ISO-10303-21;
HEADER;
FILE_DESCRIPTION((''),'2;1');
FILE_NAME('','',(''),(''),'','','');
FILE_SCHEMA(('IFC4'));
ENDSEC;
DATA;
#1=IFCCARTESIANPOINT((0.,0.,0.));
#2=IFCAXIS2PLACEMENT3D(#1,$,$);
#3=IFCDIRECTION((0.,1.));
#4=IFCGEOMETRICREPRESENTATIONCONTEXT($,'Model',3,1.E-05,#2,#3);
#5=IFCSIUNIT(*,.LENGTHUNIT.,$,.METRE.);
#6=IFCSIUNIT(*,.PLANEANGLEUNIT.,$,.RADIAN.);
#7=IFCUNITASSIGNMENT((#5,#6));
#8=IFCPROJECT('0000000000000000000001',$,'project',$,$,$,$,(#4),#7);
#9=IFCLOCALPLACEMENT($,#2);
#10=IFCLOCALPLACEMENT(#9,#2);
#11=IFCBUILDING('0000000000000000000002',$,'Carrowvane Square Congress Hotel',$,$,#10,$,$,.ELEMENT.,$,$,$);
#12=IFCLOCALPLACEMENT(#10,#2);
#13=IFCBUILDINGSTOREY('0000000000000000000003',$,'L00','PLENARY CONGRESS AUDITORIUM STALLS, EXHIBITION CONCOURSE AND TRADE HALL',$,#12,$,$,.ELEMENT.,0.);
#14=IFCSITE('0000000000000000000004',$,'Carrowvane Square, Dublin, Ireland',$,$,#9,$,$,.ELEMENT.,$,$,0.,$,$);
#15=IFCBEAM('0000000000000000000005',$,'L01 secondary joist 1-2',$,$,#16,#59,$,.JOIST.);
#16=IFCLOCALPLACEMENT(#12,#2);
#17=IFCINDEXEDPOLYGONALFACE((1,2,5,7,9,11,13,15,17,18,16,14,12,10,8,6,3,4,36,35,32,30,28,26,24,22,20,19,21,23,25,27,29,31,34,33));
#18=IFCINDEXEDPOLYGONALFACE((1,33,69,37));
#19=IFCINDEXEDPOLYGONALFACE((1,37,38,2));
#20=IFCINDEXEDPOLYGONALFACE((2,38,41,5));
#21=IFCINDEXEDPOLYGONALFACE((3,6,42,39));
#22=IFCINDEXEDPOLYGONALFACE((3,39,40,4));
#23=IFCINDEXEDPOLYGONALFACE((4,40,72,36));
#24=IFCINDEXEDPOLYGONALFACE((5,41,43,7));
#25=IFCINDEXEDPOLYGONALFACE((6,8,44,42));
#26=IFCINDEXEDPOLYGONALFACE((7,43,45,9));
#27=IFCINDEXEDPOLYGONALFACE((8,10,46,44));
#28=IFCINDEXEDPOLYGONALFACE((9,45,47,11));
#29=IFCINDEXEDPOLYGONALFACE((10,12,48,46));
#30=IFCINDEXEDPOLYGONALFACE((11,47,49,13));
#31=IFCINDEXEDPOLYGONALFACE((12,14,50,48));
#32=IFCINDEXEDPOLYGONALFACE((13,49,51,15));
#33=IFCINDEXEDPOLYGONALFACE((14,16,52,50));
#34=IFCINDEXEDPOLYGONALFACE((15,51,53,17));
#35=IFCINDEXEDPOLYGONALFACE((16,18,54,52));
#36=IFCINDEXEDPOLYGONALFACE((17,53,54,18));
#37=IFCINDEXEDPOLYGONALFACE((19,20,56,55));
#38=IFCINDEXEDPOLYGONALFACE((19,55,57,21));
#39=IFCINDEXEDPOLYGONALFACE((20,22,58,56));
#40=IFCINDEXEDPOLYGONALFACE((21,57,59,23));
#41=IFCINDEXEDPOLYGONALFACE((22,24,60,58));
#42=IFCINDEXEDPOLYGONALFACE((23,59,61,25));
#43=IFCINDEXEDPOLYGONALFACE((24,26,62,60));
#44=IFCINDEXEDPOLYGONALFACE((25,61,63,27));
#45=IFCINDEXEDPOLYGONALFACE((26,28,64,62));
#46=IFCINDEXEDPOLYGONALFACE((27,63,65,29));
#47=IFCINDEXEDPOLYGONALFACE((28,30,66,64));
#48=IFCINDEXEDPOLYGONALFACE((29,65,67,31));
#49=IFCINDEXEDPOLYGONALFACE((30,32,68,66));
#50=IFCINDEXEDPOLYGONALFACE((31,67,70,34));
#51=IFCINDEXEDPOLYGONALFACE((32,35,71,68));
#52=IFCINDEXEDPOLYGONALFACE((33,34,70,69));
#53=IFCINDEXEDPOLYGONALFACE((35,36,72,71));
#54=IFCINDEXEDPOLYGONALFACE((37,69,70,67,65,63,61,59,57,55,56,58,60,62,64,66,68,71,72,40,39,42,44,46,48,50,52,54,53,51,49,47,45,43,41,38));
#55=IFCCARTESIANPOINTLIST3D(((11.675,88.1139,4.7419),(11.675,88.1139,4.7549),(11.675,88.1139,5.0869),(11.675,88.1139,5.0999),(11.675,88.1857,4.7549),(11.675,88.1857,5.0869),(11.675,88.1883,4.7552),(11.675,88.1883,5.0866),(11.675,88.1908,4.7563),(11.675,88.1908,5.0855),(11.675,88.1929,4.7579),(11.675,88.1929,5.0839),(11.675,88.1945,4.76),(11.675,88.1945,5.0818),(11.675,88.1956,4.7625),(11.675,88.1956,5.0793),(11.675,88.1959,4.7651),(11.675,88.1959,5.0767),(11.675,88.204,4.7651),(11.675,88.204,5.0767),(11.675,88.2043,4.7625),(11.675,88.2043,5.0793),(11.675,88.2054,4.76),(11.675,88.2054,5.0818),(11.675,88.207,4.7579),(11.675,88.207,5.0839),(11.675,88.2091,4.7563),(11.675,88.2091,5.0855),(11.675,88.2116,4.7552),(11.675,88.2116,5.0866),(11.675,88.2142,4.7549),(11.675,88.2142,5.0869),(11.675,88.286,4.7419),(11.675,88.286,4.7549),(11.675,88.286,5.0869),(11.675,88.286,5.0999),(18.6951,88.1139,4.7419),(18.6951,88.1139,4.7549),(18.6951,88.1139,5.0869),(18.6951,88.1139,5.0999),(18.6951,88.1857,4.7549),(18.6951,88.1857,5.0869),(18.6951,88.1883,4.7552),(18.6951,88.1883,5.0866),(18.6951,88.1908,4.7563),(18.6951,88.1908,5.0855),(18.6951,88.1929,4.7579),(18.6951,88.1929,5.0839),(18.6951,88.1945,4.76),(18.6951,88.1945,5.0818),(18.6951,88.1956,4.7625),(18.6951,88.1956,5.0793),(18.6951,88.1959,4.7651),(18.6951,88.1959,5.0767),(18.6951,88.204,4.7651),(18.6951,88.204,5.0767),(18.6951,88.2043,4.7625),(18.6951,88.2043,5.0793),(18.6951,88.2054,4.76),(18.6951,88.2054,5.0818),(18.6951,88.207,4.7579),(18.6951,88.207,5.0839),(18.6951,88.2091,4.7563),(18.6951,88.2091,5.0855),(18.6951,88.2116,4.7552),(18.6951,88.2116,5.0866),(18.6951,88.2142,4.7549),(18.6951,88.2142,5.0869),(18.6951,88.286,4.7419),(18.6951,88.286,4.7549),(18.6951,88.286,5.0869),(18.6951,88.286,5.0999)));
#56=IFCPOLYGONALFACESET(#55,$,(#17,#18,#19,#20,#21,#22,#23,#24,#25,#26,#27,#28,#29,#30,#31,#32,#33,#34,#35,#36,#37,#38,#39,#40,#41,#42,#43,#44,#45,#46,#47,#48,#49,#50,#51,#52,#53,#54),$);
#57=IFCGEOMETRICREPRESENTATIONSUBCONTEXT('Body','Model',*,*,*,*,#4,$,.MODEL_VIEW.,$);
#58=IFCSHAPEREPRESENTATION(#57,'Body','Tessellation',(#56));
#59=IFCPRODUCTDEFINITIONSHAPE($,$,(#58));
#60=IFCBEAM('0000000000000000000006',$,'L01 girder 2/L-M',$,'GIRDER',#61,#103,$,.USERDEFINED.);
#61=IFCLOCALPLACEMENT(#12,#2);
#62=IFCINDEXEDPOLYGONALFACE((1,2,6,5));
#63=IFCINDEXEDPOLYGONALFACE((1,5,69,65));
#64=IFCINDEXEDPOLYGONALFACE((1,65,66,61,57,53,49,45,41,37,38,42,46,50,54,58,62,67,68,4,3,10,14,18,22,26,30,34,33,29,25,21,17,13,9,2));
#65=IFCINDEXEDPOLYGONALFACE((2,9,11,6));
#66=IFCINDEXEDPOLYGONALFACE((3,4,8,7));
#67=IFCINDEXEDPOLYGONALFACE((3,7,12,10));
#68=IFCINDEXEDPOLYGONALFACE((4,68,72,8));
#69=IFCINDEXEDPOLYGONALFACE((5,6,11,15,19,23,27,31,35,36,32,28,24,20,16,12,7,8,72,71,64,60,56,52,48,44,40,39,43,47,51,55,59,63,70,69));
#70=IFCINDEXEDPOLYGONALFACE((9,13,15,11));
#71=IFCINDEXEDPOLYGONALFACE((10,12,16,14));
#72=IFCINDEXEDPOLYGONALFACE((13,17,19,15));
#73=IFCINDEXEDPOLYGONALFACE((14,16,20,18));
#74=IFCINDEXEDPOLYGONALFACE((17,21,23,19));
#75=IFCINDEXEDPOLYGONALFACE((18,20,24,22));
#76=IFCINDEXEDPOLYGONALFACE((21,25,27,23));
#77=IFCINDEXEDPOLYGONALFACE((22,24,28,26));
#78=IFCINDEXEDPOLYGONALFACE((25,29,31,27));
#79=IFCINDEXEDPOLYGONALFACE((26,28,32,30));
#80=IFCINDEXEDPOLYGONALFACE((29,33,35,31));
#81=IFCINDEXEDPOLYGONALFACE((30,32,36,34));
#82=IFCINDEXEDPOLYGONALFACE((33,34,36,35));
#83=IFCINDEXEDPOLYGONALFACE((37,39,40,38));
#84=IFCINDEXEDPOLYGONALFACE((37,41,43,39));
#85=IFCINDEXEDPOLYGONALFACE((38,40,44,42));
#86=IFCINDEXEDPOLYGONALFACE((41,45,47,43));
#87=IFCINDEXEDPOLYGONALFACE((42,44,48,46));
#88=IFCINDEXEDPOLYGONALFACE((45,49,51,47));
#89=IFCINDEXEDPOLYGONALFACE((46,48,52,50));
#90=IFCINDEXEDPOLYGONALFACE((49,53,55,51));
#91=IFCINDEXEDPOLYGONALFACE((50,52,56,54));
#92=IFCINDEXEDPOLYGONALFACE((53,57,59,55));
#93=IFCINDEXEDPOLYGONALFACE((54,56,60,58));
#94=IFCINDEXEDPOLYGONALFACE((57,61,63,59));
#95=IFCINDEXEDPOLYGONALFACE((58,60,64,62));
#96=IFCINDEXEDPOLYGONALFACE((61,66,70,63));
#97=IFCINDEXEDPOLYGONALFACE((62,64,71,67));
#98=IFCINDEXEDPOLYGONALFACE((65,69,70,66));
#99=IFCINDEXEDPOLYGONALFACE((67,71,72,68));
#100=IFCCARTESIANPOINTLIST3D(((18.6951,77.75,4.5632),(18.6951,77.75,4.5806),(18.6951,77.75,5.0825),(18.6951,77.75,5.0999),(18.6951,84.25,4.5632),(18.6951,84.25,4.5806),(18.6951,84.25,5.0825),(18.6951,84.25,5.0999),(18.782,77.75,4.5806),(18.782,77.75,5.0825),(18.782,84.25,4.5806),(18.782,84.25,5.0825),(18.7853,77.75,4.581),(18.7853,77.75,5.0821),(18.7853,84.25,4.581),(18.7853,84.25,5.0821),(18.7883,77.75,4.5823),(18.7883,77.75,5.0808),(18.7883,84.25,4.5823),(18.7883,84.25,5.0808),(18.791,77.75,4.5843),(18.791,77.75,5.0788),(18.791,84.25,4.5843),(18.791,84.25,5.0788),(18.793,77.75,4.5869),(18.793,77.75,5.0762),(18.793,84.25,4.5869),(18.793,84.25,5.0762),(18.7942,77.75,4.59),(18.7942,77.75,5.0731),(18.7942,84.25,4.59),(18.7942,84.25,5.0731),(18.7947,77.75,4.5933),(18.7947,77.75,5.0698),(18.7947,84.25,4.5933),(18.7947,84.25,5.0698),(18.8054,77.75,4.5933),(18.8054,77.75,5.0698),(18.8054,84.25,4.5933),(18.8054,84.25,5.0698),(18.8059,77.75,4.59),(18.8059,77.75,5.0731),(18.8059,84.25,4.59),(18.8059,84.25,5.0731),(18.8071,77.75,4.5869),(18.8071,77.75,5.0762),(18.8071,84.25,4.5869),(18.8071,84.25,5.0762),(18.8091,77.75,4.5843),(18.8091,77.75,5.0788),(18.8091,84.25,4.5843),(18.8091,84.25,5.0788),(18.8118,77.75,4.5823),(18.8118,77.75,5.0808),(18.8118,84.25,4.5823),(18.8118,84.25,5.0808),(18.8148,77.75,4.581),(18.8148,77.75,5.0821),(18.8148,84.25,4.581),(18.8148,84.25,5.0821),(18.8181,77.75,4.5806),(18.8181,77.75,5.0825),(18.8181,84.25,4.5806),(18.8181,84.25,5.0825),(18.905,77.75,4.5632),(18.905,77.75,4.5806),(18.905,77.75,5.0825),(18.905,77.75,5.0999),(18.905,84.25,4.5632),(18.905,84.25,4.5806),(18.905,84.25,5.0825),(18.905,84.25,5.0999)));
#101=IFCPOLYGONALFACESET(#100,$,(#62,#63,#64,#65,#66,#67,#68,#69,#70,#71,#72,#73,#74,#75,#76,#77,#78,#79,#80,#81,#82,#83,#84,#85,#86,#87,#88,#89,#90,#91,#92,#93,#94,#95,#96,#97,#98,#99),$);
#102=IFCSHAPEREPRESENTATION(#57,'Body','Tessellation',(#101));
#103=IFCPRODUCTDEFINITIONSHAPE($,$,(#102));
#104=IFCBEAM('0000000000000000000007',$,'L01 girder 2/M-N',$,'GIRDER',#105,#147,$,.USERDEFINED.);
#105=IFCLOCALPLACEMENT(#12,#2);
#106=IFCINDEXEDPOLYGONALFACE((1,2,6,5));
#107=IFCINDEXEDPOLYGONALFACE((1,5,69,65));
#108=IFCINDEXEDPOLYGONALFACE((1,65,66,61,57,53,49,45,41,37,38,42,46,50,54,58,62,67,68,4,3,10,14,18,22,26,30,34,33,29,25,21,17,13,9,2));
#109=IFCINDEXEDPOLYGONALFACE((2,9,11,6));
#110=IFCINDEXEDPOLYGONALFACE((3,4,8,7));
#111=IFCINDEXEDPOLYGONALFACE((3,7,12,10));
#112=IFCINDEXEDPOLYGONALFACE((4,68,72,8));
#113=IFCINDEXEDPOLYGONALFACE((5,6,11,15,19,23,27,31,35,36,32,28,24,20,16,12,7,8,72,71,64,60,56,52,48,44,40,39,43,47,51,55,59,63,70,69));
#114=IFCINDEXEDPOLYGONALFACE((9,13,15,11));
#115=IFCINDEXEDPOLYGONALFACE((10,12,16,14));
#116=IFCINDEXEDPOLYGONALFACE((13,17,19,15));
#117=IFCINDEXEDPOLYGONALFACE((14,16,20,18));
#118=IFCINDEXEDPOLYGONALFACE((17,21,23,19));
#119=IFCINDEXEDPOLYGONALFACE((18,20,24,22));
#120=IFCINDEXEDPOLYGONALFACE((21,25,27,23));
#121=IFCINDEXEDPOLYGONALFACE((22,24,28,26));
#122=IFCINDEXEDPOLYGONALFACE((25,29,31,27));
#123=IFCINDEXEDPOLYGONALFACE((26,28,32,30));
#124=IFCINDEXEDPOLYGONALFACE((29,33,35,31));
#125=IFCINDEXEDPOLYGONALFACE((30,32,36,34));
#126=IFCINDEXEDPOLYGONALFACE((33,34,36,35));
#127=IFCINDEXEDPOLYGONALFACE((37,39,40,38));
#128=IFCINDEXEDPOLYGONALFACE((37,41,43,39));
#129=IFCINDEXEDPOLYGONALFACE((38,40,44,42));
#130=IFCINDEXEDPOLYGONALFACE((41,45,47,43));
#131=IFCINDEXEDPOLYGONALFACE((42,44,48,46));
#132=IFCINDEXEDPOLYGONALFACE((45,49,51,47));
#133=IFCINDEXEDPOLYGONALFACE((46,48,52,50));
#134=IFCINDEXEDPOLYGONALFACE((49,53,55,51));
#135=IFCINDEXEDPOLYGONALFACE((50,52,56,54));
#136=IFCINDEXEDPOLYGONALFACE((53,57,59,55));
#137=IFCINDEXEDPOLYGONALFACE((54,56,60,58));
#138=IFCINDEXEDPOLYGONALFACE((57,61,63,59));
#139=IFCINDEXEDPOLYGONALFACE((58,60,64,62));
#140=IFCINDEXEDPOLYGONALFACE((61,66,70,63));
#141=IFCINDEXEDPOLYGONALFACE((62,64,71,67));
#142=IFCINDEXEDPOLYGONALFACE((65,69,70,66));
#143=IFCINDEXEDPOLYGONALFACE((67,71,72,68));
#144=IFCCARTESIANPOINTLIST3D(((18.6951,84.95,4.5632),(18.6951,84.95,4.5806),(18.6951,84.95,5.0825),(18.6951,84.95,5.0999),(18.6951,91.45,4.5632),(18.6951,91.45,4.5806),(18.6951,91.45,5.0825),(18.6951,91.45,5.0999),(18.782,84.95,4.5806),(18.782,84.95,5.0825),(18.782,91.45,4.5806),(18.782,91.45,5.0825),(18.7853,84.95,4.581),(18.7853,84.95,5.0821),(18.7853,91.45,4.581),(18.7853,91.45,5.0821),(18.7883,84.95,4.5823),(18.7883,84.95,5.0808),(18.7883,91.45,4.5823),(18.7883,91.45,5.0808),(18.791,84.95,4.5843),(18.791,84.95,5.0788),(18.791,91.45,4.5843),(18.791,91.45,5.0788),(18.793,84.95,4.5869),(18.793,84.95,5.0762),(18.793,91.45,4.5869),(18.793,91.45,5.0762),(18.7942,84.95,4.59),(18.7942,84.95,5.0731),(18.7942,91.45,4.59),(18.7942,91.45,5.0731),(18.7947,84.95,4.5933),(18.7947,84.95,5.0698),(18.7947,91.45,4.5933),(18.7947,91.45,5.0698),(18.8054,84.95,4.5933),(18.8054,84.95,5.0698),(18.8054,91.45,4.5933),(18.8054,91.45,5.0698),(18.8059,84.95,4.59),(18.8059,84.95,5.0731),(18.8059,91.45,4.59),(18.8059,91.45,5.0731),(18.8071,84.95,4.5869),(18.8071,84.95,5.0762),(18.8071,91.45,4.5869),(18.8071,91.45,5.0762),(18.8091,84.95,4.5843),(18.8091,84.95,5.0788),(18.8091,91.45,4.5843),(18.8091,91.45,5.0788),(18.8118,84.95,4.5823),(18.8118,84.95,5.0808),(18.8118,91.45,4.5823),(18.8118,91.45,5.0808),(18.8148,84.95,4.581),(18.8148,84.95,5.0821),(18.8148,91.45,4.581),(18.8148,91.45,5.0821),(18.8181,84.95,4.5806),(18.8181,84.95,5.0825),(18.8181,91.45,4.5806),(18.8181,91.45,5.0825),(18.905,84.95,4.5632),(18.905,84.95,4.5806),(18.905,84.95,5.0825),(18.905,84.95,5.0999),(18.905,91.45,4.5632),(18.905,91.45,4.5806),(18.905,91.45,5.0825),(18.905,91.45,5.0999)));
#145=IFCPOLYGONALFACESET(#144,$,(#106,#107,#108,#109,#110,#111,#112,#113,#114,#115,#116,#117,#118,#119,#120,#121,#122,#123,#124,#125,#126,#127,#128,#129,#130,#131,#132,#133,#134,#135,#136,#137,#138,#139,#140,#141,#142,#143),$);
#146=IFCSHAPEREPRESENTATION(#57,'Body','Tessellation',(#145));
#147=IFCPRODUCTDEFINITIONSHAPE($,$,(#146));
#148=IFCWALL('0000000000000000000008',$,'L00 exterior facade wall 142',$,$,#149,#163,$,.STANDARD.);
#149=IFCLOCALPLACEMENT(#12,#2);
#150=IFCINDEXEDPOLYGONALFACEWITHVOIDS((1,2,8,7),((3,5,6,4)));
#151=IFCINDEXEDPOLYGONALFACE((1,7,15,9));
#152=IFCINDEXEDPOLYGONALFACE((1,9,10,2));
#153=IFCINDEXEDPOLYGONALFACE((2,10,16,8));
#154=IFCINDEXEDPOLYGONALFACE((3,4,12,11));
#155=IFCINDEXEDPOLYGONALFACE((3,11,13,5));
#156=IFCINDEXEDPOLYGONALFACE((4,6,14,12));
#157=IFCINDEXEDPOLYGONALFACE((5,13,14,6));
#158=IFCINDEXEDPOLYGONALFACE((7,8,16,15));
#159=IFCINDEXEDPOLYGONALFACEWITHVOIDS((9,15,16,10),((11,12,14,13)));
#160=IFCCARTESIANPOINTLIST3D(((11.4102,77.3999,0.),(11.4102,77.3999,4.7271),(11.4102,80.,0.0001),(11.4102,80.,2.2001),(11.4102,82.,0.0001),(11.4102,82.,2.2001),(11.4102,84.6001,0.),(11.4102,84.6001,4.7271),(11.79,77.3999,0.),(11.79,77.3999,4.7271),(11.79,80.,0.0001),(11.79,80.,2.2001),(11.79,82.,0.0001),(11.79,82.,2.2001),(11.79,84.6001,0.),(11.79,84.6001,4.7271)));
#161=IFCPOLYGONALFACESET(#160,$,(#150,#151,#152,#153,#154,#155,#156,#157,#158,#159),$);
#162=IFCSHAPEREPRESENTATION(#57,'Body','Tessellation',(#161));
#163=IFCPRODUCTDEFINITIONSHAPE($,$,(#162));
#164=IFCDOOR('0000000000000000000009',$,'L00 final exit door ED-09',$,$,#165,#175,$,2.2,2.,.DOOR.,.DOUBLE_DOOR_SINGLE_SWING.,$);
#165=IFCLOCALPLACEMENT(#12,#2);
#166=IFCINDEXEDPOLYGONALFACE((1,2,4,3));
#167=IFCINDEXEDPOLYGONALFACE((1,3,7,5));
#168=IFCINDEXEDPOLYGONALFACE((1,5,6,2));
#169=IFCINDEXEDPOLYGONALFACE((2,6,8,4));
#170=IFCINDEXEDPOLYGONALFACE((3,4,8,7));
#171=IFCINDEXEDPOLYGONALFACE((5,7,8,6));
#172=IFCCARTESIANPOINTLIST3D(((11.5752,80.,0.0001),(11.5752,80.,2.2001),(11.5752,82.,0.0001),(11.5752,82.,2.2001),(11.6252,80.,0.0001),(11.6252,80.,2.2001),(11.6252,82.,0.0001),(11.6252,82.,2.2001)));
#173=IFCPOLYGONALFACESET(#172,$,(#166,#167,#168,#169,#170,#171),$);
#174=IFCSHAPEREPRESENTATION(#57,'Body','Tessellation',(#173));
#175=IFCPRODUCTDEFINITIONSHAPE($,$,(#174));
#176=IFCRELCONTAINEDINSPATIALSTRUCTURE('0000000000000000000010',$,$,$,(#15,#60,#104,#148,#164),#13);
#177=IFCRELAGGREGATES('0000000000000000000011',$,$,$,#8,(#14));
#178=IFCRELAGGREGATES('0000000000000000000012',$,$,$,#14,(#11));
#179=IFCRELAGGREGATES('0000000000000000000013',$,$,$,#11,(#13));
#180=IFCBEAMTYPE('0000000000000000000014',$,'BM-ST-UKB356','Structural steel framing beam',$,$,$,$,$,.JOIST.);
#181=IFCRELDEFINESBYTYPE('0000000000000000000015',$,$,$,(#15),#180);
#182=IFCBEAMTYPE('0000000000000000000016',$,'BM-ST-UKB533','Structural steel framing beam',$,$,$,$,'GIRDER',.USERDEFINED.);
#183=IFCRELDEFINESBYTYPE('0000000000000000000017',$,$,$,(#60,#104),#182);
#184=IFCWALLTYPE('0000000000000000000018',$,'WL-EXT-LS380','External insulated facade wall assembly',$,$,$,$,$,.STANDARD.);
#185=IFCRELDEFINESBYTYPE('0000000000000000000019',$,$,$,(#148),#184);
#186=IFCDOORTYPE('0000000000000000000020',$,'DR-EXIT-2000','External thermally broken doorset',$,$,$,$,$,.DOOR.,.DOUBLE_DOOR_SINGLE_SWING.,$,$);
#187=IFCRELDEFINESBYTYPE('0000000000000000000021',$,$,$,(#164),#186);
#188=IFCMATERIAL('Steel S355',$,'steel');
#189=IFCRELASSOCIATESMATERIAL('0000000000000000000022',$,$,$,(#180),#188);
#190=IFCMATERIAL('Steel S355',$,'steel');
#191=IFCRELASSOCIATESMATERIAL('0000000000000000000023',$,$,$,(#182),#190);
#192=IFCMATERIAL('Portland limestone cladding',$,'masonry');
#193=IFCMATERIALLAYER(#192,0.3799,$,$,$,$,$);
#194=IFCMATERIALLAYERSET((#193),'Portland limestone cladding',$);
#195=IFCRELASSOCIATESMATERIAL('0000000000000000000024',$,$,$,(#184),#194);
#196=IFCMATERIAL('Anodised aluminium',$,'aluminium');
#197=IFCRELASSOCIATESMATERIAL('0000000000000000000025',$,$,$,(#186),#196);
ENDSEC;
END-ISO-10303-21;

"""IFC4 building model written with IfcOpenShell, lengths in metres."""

from ifc_helpers import new_model, si_unit, direction, frame, frame_2d, origin, origin_2d, place, context, subcontext, project, spatial, rectangle, i_section, extrude, material, layer, layer_set, material_profile, profile_set, type_object, element, fill, save


model = new_model("IFC4")

# Units and contexts
model_context = context("Model", 3, precision=1e-05, world=origin(), true_north=direction((0.0, 1.0)))
body_context = subcontext(model_context, "Body", "Model", "MODEL_VIEW")
ifc_project = project(units=[si_unit("LENGTHUNIT", "METRE"), si_unit("PLANEANGLEUNIT", "RADIAN")], contexts=[model_context])

# Site, building, storey
site_placement = place(None, origin())
site = spatial("IfcSite", under=ifc_project, at=site_placement, Name="Carrowvane Square, Dublin, Ireland", CompositionType="ELEMENT", RefElevation=0.0)
building_placement = place(site_placement, origin())
building = spatial("IfcBuilding", under=site, at=building_placement, Name="Carrowvane Square Congress Hotel", CompositionType="ELEMENT")
storey_placement = place(building_placement, origin())
storey = spatial("IfcBuildingStorey", under=building, at=storey_placement, Name="L00", Description="PLENARY CONGRESS AUDITORIUM STALLS, EXHIBITION CONCOURSE AND TRADE HALL", CompositionType="ELEMENT", Elevation=0.0)

# Beams
ifc_material_1 = material(Name="Steel S355", Category="steel")
ifc_material_profile_1 = material_profile(ifc_material_1, i_section(OverallWidth=0.1721, OverallDepth=0.3579, WebThickness=0.0081, FlangeThickness=0.0129, FilletRadius=0.0103, at=origin_2d()), Name="UKB 356x171x57")
ifc_profile_set_1 = profile_set([ifc_material_profile_1], Name="Steel S355")
beam_type_1 = type_object("IfcBeamType", Name="BM-ST-UKB356", Description="Structural steel framing beam", PredefinedType="JOIST", material=ifc_profile_set_1)
for number, where, z_axis, x_axis, name in (
    (1, (11.675, 88.2, 4.9209), (1.0, 0.0, 0.0), (0.0, 1.0, 0.0), "L01 secondary joist 1-2"),
):
    element("IfcBeam", number, at=place(storey_placement, frame(where, z_axis=z_axis, x_axis=x_axis)), inside=storey, type_object=beam_type_1, Name=name, PredefinedType="JOIST", context=body_context, shape_type="SweptSolid", body=[
        extrude(i_section(OverallWidth=0.1721, OverallDepth=0.3579, WebThickness=0.0081, FlangeThickness=0.0129, FilletRadius=0.0103, at=origin_2d()), origin(), (0.0, 0.0, 1.0), 7.02),
    ])
ifc_material_2 = material(Name="Steel S355", Category="steel")
ifc_material_profile_2 = material_profile(ifc_material_2, i_section(OverallWidth=0.21, OverallDepth=0.5366, WebThickness=0.0107, FlangeThickness=0.0173, FilletRadius=0.0127, at=origin_2d()), Name="UKB 533x210x101")
ifc_profile_set_2 = profile_set([ifc_material_profile_2], Name="Steel S355")
beam_type_2 = type_object("IfcBeamType", Name="BM-ST-UKB533", Description="Structural steel framing beam", ElementType="GIRDER", PredefinedType="USERDEFINED", material=ifc_profile_set_2)
for number, where, z_axis, x_axis, name in (
    (2, (18.8, 77.75, 4.8315), (0.0, 1.0, 0.0), (-1.0, 0.0, 0.0), "L01 girder 2/L-M"),
    (3, (18.8, 84.95, 4.8315), (0.0, 1.0, 0.0), (-1.0, 0.0, 0.0), "L01 girder 2/M-N"),
):
    element("IfcBeam", number, at=place(storey_placement, frame(where, z_axis=z_axis, x_axis=x_axis)), inside=storey, type_object=beam_type_2, Name=name, ObjectType="GIRDER", PredefinedType="USERDEFINED", context=body_context, shape_type="SweptSolid", body=[
        extrude(i_section(OverallWidth=0.21, OverallDepth=0.5366, WebThickness=0.0107, FlangeThickness=0.0173, FilletRadius=0.0127, at=origin_2d()), origin(), (0.0, 0.0, 1.0), 6.5),
    ])

# Wall, opening, door
ifc_material_3 = material(Name="Portland limestone cladding", Category="masonry")
ifc_layer_1 = layer(ifc_material_3, 0.3799)
ifc_layer_set_1 = layer_set([ifc_layer_1], Name="Portland limestone cladding")
wall_type_1 = type_object("IfcWallType", Name="WL-EXT-LS380", Description="External insulated facade wall assembly", PredefinedType="STANDARD", material=ifc_layer_set_1)
wall_1_placement = place(storey_placement, frame((11.6001, 77.3999, 0.0), z_axis=(0.0, 0.0, 1.0), x_axis=(0.0, 1.0, 0.0)))
wall_1 = element("IfcWall", 4, at=wall_1_placement, inside=storey, type_object=wall_type_1, Name="L00 exterior facade wall 142", PredefinedType="STANDARD", context=body_context, shape_type="SweptSolid", body=[
    extrude(rectangle(XDim=7.2002, YDim=0.3799, at=frame_2d((3.6001, 0.0))), origin(), (0.0, 0.0, 1.0), 4.7271),
])
opening_1_placement = place(wall_1_placement, frame((2.6001, 0.0, 0.0)))
opening_1 = element("IfcOpeningElement", 5, at=opening_1_placement, cuts=wall_1, PredefinedType="OPENING", context=body_context, shape_type="SweptSolid", body=[
    extrude(rectangle(XDim=2.0, YDim=2.2, at=frame_2d((1.0, 1.1001))), frame((0.0, 0.2, 0.0), z_axis=(0.0, -1.0, 0.0), x_axis=(1.0, 0.0, 0.0)), (0.0, 0.0, 1.0), 0.3999),
])
ifc_material_4 = material(Name="Anodised aluminium", Category="aluminium")
door_type_1 = type_object("IfcDoorType", Name="DR-EXIT-2000", Description="External thermally broken doorset", OperationType="DOUBLE_DOOR_SINGLE_SWING", PredefinedType="DOOR", material=ifc_material_4)
door_1_placement = place(opening_1_placement, origin())
door_1 = element("IfcDoor", 6, at=door_1_placement, inside=storey, type_object=door_type_1, Name="L00 final exit door ED-09", OperationType="DOUBLE_DOOR_SINGLE_SWING", OverallHeight=2.2, OverallWidth=2.0, PredefinedType="DOOR", context=body_context, shape_type="SweptSolid", body=[
    extrude(rectangle(XDim=2.0, YDim=2.2, at=frame_2d((1.0, 1.1001))), frame((0.0, 0.0249, 0.0), z_axis=(0.0, -1.0, 0.0), x_axis=(1.0, 0.0, 0.0)), (0.0, 0.0, 1.0), 0.05),
])
fill(opening_1, door_1)

save(model, "model.ifc")
